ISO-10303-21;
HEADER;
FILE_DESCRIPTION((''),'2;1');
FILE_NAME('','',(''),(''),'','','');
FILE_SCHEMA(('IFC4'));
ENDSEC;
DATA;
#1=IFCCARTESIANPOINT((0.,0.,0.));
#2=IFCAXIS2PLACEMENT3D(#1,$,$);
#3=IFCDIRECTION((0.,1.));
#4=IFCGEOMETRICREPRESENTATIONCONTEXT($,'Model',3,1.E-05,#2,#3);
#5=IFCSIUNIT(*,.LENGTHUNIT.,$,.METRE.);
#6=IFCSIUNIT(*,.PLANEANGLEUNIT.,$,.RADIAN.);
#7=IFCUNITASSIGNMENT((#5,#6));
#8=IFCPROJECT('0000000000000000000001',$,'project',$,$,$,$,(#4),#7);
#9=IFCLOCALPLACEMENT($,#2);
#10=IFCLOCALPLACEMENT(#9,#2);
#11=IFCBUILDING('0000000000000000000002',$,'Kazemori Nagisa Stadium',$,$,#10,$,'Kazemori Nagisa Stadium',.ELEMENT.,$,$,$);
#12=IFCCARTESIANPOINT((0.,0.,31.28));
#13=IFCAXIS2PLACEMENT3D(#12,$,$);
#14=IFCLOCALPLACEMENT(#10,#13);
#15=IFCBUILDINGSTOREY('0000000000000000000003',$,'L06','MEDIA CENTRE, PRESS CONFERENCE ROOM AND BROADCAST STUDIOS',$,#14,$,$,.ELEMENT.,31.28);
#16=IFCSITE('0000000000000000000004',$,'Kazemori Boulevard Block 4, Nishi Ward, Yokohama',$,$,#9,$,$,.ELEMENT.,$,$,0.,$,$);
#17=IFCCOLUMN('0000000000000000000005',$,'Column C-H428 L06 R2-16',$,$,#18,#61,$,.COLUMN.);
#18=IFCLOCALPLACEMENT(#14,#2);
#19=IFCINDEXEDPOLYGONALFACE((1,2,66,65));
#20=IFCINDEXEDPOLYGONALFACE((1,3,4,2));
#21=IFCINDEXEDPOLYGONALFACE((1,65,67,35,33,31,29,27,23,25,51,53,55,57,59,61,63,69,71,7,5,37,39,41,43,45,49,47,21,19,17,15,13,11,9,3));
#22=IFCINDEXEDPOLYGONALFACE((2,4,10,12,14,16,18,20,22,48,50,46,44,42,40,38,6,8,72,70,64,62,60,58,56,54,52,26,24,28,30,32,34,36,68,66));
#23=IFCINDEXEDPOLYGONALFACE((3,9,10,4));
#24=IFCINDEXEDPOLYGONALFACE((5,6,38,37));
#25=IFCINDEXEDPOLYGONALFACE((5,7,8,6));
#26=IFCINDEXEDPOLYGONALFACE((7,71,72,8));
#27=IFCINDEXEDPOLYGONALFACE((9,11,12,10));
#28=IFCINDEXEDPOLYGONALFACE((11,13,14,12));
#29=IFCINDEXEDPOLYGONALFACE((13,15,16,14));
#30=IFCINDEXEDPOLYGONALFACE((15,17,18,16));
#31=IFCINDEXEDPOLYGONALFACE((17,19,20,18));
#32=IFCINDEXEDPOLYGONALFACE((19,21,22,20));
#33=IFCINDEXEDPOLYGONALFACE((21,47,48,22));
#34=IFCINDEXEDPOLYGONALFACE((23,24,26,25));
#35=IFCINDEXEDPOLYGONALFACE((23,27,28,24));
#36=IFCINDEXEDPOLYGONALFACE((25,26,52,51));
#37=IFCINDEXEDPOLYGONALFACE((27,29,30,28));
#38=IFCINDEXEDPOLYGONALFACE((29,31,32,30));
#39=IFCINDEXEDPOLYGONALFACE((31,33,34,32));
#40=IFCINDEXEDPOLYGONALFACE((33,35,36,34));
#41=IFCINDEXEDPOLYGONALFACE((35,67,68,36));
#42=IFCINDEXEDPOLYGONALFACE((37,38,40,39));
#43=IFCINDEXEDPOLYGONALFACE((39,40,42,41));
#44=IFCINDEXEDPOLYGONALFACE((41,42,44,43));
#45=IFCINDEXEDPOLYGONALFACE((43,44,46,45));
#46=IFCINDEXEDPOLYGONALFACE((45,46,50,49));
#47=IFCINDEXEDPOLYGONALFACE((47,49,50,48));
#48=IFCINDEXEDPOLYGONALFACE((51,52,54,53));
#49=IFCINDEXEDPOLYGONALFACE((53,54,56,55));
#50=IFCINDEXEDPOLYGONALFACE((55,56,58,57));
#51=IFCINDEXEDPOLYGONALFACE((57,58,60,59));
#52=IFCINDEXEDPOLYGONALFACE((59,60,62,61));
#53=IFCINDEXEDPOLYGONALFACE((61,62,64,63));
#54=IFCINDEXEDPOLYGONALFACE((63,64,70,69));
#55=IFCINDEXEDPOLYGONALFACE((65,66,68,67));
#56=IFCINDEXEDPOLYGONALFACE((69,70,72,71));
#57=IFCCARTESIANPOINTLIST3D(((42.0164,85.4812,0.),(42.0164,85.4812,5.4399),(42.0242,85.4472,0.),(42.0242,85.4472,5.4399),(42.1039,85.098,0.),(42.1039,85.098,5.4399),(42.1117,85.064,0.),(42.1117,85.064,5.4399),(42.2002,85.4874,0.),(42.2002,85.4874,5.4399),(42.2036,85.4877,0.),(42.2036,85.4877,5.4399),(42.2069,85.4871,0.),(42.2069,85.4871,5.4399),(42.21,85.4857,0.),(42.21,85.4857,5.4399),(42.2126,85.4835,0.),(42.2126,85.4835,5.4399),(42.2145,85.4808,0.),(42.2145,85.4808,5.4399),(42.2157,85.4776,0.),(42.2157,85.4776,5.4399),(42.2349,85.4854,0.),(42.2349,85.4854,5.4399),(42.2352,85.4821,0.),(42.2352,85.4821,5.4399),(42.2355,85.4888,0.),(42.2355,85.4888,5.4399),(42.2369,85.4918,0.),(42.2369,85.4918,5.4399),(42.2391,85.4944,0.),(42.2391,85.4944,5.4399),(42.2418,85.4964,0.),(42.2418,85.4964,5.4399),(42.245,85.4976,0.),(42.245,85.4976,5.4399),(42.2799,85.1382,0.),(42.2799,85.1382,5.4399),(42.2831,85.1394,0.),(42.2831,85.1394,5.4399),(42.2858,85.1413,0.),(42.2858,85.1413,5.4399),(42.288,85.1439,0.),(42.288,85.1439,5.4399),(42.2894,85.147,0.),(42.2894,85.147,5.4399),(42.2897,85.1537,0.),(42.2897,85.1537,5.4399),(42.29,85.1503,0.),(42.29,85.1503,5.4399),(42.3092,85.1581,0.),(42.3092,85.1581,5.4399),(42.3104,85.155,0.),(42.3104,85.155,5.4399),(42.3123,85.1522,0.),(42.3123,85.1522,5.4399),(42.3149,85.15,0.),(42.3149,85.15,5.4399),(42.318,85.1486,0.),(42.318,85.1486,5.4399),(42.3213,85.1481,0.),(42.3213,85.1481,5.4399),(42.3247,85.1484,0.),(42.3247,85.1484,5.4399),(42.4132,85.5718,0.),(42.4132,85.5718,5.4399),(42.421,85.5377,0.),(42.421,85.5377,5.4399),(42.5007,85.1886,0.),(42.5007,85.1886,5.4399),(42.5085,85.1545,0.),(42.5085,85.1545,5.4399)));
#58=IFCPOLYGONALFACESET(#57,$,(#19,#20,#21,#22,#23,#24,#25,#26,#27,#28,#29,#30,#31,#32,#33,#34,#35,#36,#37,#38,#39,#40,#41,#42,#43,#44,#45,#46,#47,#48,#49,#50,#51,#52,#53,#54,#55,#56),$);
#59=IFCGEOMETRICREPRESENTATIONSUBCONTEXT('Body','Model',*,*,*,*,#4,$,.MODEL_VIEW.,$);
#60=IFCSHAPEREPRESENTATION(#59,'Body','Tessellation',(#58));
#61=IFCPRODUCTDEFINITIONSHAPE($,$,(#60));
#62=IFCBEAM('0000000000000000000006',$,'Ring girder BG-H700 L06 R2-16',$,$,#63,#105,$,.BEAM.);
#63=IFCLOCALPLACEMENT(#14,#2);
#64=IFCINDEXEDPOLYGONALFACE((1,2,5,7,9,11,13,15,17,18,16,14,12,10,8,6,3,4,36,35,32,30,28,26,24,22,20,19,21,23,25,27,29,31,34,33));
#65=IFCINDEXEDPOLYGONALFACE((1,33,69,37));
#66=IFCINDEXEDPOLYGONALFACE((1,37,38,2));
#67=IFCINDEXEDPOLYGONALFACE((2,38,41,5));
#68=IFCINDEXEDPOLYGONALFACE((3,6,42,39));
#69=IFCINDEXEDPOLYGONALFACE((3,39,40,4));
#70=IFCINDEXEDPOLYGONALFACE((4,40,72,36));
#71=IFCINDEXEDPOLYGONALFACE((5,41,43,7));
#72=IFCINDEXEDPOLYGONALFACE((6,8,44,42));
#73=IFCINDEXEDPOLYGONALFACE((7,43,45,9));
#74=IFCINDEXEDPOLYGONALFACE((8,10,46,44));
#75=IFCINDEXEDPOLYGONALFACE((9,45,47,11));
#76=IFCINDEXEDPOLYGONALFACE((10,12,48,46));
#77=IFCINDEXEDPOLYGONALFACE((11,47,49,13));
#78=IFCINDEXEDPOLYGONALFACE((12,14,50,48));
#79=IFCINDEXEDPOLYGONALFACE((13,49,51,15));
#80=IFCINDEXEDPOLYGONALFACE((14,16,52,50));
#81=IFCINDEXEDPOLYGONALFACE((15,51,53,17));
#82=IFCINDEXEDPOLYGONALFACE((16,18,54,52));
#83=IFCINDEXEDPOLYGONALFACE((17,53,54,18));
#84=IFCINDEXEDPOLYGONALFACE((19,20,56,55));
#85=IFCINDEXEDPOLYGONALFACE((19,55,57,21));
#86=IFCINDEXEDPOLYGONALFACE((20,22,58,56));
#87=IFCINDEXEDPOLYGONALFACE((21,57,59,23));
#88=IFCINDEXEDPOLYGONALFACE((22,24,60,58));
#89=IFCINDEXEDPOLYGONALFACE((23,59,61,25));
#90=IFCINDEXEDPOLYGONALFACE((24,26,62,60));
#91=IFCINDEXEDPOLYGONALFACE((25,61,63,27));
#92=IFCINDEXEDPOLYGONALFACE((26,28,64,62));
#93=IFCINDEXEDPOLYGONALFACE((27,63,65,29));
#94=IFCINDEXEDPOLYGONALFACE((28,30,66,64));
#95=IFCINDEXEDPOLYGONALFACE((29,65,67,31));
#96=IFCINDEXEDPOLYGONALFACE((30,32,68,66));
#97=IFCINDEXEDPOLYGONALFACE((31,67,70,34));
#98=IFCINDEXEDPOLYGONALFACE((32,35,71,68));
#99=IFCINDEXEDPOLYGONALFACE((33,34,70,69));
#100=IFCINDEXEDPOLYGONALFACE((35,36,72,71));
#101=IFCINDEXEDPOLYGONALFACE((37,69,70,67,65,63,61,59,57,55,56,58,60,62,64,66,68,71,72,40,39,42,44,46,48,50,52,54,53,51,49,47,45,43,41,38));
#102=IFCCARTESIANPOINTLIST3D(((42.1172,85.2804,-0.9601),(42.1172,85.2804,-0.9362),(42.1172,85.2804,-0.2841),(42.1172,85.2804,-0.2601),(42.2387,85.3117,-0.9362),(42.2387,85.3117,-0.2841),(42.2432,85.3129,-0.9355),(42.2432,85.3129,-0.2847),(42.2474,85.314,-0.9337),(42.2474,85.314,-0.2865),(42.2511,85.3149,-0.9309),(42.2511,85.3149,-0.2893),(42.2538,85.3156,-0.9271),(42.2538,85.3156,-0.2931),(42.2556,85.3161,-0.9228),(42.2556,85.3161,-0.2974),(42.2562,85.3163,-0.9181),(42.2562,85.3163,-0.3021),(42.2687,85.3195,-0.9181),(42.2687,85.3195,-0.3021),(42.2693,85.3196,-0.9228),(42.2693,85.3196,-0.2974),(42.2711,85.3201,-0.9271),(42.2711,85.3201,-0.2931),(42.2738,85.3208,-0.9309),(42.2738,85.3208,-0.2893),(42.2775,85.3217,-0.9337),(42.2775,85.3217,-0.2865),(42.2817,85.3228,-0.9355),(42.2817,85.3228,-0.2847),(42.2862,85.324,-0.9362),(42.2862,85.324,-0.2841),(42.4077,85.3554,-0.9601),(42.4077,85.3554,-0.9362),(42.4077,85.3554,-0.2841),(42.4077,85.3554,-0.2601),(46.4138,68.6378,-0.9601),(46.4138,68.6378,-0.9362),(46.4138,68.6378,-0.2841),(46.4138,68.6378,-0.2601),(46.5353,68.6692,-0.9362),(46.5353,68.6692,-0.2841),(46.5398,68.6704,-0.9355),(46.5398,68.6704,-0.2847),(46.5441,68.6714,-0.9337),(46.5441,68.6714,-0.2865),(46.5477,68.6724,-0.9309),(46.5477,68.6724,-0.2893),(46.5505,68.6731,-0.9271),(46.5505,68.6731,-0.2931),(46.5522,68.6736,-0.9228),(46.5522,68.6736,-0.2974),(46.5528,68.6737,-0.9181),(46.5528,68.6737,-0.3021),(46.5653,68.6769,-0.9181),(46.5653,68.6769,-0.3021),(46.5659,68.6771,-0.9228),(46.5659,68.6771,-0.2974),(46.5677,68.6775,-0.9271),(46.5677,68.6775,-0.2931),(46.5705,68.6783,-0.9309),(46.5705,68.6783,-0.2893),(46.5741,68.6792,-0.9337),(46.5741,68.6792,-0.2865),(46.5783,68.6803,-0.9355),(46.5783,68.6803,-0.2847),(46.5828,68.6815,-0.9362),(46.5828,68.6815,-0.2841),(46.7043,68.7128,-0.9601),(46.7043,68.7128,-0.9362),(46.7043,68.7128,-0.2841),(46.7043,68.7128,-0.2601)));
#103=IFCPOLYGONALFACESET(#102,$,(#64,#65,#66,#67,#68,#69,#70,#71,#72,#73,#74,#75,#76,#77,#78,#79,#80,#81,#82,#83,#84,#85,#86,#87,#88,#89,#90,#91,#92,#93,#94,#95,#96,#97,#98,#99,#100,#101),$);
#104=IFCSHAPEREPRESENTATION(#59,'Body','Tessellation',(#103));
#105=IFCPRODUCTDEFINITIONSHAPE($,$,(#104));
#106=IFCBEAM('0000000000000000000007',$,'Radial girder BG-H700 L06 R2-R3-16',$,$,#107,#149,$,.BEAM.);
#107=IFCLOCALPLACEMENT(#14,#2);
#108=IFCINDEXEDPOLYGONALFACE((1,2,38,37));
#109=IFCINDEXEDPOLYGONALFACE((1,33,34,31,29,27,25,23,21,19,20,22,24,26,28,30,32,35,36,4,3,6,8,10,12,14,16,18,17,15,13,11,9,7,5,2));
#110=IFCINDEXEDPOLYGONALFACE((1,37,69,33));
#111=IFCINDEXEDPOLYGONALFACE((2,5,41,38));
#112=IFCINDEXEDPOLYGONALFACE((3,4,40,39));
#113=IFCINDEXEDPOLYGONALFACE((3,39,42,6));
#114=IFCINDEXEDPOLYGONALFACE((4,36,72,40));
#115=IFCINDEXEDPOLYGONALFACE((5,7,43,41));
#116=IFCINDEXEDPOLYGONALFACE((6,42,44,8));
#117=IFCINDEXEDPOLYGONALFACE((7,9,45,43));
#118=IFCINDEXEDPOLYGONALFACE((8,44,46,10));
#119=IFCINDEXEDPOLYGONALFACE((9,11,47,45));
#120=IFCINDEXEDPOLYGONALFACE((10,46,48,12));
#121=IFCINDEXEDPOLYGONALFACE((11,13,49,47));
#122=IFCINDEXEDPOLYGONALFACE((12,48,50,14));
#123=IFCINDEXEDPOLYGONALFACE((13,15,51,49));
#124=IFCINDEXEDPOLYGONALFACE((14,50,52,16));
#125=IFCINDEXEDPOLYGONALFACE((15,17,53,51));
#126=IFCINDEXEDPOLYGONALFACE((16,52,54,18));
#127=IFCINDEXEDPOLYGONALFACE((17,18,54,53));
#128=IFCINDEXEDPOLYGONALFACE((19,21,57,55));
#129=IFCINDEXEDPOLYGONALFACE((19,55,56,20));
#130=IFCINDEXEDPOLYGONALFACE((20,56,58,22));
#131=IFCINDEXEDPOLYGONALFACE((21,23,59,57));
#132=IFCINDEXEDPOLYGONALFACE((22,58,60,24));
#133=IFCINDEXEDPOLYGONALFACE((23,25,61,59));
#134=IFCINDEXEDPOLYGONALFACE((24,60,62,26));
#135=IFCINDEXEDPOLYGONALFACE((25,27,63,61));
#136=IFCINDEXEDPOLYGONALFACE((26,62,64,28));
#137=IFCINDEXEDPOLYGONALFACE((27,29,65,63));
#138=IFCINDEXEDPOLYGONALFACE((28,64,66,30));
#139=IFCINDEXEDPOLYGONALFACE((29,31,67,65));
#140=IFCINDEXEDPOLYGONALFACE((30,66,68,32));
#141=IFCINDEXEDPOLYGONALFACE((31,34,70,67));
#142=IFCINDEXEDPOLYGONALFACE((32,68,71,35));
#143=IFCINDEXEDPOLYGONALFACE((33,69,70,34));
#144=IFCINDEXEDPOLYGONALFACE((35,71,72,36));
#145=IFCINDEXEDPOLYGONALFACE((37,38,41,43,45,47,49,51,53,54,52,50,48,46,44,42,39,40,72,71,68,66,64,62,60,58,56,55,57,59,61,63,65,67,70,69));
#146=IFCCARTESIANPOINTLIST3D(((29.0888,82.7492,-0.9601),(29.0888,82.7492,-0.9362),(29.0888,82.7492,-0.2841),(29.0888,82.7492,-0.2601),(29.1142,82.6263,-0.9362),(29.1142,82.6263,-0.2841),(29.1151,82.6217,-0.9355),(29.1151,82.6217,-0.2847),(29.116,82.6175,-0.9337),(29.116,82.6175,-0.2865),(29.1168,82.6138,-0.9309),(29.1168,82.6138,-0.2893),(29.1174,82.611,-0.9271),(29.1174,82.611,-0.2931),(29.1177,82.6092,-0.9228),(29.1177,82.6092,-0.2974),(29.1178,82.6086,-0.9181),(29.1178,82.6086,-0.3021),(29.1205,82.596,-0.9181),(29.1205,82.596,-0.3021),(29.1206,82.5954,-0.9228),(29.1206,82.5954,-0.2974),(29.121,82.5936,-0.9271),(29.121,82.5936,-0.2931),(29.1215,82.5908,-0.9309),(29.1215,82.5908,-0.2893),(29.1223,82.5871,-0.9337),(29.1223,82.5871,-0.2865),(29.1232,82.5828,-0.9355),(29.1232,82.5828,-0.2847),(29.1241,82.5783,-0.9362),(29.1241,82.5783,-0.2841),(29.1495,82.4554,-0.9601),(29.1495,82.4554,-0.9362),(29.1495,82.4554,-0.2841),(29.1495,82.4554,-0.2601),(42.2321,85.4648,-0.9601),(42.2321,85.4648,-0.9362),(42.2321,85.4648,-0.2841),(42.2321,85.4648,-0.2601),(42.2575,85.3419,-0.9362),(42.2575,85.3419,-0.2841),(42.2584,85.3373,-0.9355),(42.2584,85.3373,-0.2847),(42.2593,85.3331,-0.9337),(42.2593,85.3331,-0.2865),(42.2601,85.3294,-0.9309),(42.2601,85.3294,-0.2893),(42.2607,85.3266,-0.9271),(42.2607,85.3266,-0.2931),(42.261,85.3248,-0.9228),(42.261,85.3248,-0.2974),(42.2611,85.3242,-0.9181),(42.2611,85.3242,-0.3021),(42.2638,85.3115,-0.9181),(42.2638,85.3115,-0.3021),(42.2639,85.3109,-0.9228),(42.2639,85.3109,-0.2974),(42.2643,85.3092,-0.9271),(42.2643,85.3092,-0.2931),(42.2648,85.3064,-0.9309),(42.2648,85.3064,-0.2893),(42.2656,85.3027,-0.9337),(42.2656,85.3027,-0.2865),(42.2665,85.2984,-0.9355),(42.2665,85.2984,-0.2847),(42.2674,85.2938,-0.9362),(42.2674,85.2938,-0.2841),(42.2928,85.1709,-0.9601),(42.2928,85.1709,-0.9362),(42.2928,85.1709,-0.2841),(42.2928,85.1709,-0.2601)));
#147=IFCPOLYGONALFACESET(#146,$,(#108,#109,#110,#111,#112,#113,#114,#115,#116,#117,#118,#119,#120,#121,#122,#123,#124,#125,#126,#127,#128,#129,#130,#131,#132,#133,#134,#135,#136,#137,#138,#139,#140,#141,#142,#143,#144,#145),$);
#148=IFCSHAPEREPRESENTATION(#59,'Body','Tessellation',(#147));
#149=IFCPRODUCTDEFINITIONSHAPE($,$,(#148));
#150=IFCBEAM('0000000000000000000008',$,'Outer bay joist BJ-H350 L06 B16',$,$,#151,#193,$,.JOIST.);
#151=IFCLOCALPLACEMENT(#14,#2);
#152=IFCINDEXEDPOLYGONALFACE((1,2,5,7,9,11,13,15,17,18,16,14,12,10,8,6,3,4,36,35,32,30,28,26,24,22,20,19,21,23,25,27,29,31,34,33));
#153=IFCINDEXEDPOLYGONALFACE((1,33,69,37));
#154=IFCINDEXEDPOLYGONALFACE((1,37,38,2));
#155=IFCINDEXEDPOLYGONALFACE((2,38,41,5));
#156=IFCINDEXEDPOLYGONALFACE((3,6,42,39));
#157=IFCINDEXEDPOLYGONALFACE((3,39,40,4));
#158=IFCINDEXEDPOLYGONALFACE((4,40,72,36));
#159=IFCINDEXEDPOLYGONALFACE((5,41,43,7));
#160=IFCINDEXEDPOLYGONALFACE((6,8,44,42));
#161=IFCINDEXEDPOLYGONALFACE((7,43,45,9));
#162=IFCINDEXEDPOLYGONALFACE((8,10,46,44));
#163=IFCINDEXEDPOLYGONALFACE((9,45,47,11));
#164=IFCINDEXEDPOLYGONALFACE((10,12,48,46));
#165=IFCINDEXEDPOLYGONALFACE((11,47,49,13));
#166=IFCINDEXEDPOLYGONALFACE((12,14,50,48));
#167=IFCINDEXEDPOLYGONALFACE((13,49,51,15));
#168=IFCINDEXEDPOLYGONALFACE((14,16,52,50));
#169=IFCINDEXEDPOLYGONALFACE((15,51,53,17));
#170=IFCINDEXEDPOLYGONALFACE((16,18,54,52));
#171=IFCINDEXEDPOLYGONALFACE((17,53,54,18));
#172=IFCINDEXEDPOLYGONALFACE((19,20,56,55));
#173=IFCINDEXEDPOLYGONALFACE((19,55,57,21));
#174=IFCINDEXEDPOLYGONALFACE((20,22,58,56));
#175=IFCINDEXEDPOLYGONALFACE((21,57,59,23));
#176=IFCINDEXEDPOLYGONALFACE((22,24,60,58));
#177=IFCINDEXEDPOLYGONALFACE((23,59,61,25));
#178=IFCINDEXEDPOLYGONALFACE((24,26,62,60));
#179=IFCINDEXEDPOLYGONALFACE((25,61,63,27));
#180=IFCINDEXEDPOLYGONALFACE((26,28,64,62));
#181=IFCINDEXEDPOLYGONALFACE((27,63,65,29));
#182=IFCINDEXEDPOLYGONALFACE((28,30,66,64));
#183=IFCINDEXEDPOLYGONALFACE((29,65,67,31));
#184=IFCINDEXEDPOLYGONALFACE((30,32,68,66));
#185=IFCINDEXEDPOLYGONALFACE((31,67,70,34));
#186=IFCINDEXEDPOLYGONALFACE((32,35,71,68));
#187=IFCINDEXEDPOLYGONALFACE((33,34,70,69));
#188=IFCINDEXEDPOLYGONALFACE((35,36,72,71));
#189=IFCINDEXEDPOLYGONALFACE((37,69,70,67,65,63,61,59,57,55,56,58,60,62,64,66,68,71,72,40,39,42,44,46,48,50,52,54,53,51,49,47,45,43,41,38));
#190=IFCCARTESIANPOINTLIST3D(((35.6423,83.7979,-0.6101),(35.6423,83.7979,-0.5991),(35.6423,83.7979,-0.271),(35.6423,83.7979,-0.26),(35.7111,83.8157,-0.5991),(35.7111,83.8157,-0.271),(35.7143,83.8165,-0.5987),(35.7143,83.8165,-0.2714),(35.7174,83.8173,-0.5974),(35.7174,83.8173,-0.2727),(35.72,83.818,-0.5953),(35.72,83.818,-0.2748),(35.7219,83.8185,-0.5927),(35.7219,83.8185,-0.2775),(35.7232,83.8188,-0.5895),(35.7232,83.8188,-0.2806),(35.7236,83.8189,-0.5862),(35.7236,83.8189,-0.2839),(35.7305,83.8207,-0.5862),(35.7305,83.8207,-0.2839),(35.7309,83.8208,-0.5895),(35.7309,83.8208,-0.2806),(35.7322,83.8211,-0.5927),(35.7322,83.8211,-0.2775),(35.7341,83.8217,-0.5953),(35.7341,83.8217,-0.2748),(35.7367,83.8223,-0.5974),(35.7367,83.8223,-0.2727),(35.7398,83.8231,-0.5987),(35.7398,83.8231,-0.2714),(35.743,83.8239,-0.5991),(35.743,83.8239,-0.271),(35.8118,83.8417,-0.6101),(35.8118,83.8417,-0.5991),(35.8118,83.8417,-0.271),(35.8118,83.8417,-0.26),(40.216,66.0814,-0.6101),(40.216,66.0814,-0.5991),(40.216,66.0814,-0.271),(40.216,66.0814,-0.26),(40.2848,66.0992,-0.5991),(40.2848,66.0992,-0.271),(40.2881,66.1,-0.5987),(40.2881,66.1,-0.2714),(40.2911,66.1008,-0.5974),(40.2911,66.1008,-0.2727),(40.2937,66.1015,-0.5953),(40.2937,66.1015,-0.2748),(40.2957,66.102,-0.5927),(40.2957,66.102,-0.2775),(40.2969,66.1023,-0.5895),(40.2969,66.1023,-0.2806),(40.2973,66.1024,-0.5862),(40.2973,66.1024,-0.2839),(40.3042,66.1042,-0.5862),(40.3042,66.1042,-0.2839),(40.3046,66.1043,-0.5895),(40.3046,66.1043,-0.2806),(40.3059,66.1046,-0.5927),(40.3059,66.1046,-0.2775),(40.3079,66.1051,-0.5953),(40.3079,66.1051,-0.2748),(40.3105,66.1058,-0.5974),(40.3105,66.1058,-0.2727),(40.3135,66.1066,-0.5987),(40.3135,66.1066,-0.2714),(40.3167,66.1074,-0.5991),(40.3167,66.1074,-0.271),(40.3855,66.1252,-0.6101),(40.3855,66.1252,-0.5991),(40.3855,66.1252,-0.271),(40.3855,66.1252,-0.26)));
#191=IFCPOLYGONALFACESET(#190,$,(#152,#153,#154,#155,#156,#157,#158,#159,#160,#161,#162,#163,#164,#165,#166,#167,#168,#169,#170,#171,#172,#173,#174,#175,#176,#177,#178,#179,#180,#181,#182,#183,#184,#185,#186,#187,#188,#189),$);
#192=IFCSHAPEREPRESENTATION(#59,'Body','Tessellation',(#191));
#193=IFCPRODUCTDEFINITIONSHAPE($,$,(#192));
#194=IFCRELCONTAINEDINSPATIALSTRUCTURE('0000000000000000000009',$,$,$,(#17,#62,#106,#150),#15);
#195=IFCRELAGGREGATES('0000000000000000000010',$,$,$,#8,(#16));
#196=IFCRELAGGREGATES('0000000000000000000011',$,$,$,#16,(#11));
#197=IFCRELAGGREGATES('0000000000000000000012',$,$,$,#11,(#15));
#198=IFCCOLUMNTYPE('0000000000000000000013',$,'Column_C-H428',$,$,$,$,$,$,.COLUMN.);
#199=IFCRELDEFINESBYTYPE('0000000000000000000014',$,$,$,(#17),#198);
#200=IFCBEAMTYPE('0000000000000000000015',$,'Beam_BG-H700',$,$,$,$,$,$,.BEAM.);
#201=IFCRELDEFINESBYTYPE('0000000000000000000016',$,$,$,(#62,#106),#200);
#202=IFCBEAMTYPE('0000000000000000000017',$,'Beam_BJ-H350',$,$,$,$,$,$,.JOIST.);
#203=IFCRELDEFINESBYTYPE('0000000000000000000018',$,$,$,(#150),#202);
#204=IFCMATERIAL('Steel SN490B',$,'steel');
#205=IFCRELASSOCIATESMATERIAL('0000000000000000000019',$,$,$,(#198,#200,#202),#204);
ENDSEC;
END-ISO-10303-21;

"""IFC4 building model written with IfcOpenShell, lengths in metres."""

from ifc_helpers import new_model, si_unit, direction, frame, origin, origin_2d, place, context, subcontext, project, spatial, i_section, extrude, material, material_profile, profile_set, type_object, element, save


model = new_model("IFC4")

# Units and contexts
model_context = context("Model", 3, precision=1e-05, world=origin(), true_north=direction((0.0, 1.0)))
body_context = subcontext(model_context, "Body", "Model", "MODEL_VIEW")
ifc_project = project(units=[si_unit("LENGTHUNIT", "METRE"), si_unit("PLANEANGLEUNIT", "RADIAN")], contexts=[model_context])

# Site, building, storey
site_placement = place(None, origin())
site = spatial("IfcSite", under=ifc_project, at=site_placement, Name="Kazemori Boulevard Block 4, Nishi Ward, Yokohama", CompositionType="ELEMENT", RefElevation=0.0)
building_placement = place(site_placement, origin())
building = spatial("IfcBuilding", under=site, at=building_placement, Name="Kazemori Nagisa Stadium", LongName="Kazemori Nagisa Stadium", CompositionType="ELEMENT")
storey_placement = place(building_placement, frame((0.0, 0.0, 31.28)))
storey = spatial("IfcBuildingStorey", under=building, at=storey_placement, Name="L06", Description="MEDIA CENTRE, PRESS CONFERENCE ROOM AND BROADCAST STUDIOS", CompositionType="ELEMENT", Elevation=31.28)

# Column
ifc_material_1 = material(Name="Steel SN490B", Category="steel")
ifc_material_profile_1 = material_profile(ifc_material_1, i_section(OverallWidth=0.407, OverallDepth=0.428, WebThickness=0.02, FlangeThickness=0.0349, FilletRadius=0.0129, at=origin_2d()), Name="H-428x407x20x35")
ifc_profile_set_1 = profile_set([ifc_material_profile_1], Name="Steel SN490B")
column_type = type_object("IfcColumnType", Name="Column_C-H428", PredefinedType="COLUMN", material=ifc_profile_set_1)
column_placement = place(storey_placement, frame((42.2625, 85.3179, 0.0), z_axis=(0.0, 0.0, 1.0), x_axis=(-0.974928, -0.222521, 0.0)))
element("IfcColumn", 1, at=column_placement, inside=storey, type_object=column_type, Name="Column C-H428 L06 R2-16", PredefinedType="COLUMN", context=body_context, shape_type="SweptSolid", body=[
    extrude(i_section(OverallWidth=0.407, OverallDepth=0.428, WebThickness=0.02, FlangeThickness=0.0349, FilletRadius=0.0129, at=origin_2d()), origin(), (0.0, 0.0, 1.0), 5.4399),
])

# Beams
ifc_material_profile_2 = material_profile(ifc_material_1, i_section(OverallWidth=0.3, OverallDepth=0.7, WebThickness=0.0129, FlangeThickness=0.0239, FilletRadius=0.0181, at=origin_2d()), Name="H-700x300x13x24")
ifc_profile_set_2 = profile_set([ifc_material_profile_2], Name="Steel SN490B")
beam_type_1 = type_object("IfcBeamType", Name="Beam_BG-H700", PredefinedType="BEAM", material=ifc_profile_set_2)
beam_1_placement = place(storey_placement, frame((42.2625, 85.3179, -0.6101), z_axis=(0.249975, -0.968252, 0.0), x_axis=(0.968252, 0.249975, 0.0)))
element("IfcBeam", 2, at=beam_1_placement, inside=storey, type_object=beam_type_1, Name="Ring girder BG-H700 L06 R2-16", PredefinedType="BEAM", context=body_context, shape_type="SweptSolid", body=[
    extrude(i_section(OverallWidth=0.3, OverallDepth=0.7, WebThickness=0.0129, FlangeThickness=0.0239, FilletRadius=0.0181, at=origin_2d()), origin(), (0.0, 0.0, 1.0), 17.1882),
])
beam_2_placement = place(storey_placement, frame((42.2625, 85.3179, -0.6101), z_axis=(-0.979316, -0.202339, 0.0), x_axis=(0.202339, -0.979316, 0.0)))
element("IfcBeam", 3, at=beam_2_placement, inside=storey, type_object=beam_type_1, Name="Radial girder BG-H700 L06 R2-R3-16", PredefinedType="BEAM", context=body_context, shape_type="SweptSolid", body=[
    extrude(i_section(OverallWidth=0.3, OverallDepth=0.7, WebThickness=0.0129, FlangeThickness=0.0239, FilletRadius=0.0181, at=origin_2d()), origin(), (0.0, 0.0, 1.0), 13.4209),
])
ifc_material_profile_3 = material_profile(ifc_material_1, i_section(OverallWidth=0.175, OverallDepth=0.3501, WebThickness=0.0071, FlangeThickness=0.011, FilletRadius=0.0129, at=origin_2d()), Name="H-350x175x7x11")
ifc_profile_set_3 = profile_set([ifc_material_profile_3], Name="Steel SN490B")
beam_type_2 = type_object("IfcBeamType", Name="Beam_BJ-H350", PredefinedType="JOIST", material=ifc_profile_set_3)
beam_3_placement = place(storey_placement, frame((35.7271, 83.8198, -0.4351), z_axis=(0.249966, -0.968255, 0.0), x_axis=(0.968255, 0.249966, 0.0)))
element("IfcBeam", 4, at=beam_3_placement, inside=storey, type_object=beam_type_2, Name="Outer bay joist BJ-H350 L06 B16", PredefinedType="JOIST", context=body_context, shape_type="SweptSolid", body=[
    extrude(i_section(OverallWidth=0.175, OverallDepth=0.3501, WebThickness=0.0071, FlangeThickness=0.011, FilletRadius=0.0129, at=origin_2d()), origin(), (0.0, 0.0, 1.0), 18.2974),
])

save(model, "model.ifc")
